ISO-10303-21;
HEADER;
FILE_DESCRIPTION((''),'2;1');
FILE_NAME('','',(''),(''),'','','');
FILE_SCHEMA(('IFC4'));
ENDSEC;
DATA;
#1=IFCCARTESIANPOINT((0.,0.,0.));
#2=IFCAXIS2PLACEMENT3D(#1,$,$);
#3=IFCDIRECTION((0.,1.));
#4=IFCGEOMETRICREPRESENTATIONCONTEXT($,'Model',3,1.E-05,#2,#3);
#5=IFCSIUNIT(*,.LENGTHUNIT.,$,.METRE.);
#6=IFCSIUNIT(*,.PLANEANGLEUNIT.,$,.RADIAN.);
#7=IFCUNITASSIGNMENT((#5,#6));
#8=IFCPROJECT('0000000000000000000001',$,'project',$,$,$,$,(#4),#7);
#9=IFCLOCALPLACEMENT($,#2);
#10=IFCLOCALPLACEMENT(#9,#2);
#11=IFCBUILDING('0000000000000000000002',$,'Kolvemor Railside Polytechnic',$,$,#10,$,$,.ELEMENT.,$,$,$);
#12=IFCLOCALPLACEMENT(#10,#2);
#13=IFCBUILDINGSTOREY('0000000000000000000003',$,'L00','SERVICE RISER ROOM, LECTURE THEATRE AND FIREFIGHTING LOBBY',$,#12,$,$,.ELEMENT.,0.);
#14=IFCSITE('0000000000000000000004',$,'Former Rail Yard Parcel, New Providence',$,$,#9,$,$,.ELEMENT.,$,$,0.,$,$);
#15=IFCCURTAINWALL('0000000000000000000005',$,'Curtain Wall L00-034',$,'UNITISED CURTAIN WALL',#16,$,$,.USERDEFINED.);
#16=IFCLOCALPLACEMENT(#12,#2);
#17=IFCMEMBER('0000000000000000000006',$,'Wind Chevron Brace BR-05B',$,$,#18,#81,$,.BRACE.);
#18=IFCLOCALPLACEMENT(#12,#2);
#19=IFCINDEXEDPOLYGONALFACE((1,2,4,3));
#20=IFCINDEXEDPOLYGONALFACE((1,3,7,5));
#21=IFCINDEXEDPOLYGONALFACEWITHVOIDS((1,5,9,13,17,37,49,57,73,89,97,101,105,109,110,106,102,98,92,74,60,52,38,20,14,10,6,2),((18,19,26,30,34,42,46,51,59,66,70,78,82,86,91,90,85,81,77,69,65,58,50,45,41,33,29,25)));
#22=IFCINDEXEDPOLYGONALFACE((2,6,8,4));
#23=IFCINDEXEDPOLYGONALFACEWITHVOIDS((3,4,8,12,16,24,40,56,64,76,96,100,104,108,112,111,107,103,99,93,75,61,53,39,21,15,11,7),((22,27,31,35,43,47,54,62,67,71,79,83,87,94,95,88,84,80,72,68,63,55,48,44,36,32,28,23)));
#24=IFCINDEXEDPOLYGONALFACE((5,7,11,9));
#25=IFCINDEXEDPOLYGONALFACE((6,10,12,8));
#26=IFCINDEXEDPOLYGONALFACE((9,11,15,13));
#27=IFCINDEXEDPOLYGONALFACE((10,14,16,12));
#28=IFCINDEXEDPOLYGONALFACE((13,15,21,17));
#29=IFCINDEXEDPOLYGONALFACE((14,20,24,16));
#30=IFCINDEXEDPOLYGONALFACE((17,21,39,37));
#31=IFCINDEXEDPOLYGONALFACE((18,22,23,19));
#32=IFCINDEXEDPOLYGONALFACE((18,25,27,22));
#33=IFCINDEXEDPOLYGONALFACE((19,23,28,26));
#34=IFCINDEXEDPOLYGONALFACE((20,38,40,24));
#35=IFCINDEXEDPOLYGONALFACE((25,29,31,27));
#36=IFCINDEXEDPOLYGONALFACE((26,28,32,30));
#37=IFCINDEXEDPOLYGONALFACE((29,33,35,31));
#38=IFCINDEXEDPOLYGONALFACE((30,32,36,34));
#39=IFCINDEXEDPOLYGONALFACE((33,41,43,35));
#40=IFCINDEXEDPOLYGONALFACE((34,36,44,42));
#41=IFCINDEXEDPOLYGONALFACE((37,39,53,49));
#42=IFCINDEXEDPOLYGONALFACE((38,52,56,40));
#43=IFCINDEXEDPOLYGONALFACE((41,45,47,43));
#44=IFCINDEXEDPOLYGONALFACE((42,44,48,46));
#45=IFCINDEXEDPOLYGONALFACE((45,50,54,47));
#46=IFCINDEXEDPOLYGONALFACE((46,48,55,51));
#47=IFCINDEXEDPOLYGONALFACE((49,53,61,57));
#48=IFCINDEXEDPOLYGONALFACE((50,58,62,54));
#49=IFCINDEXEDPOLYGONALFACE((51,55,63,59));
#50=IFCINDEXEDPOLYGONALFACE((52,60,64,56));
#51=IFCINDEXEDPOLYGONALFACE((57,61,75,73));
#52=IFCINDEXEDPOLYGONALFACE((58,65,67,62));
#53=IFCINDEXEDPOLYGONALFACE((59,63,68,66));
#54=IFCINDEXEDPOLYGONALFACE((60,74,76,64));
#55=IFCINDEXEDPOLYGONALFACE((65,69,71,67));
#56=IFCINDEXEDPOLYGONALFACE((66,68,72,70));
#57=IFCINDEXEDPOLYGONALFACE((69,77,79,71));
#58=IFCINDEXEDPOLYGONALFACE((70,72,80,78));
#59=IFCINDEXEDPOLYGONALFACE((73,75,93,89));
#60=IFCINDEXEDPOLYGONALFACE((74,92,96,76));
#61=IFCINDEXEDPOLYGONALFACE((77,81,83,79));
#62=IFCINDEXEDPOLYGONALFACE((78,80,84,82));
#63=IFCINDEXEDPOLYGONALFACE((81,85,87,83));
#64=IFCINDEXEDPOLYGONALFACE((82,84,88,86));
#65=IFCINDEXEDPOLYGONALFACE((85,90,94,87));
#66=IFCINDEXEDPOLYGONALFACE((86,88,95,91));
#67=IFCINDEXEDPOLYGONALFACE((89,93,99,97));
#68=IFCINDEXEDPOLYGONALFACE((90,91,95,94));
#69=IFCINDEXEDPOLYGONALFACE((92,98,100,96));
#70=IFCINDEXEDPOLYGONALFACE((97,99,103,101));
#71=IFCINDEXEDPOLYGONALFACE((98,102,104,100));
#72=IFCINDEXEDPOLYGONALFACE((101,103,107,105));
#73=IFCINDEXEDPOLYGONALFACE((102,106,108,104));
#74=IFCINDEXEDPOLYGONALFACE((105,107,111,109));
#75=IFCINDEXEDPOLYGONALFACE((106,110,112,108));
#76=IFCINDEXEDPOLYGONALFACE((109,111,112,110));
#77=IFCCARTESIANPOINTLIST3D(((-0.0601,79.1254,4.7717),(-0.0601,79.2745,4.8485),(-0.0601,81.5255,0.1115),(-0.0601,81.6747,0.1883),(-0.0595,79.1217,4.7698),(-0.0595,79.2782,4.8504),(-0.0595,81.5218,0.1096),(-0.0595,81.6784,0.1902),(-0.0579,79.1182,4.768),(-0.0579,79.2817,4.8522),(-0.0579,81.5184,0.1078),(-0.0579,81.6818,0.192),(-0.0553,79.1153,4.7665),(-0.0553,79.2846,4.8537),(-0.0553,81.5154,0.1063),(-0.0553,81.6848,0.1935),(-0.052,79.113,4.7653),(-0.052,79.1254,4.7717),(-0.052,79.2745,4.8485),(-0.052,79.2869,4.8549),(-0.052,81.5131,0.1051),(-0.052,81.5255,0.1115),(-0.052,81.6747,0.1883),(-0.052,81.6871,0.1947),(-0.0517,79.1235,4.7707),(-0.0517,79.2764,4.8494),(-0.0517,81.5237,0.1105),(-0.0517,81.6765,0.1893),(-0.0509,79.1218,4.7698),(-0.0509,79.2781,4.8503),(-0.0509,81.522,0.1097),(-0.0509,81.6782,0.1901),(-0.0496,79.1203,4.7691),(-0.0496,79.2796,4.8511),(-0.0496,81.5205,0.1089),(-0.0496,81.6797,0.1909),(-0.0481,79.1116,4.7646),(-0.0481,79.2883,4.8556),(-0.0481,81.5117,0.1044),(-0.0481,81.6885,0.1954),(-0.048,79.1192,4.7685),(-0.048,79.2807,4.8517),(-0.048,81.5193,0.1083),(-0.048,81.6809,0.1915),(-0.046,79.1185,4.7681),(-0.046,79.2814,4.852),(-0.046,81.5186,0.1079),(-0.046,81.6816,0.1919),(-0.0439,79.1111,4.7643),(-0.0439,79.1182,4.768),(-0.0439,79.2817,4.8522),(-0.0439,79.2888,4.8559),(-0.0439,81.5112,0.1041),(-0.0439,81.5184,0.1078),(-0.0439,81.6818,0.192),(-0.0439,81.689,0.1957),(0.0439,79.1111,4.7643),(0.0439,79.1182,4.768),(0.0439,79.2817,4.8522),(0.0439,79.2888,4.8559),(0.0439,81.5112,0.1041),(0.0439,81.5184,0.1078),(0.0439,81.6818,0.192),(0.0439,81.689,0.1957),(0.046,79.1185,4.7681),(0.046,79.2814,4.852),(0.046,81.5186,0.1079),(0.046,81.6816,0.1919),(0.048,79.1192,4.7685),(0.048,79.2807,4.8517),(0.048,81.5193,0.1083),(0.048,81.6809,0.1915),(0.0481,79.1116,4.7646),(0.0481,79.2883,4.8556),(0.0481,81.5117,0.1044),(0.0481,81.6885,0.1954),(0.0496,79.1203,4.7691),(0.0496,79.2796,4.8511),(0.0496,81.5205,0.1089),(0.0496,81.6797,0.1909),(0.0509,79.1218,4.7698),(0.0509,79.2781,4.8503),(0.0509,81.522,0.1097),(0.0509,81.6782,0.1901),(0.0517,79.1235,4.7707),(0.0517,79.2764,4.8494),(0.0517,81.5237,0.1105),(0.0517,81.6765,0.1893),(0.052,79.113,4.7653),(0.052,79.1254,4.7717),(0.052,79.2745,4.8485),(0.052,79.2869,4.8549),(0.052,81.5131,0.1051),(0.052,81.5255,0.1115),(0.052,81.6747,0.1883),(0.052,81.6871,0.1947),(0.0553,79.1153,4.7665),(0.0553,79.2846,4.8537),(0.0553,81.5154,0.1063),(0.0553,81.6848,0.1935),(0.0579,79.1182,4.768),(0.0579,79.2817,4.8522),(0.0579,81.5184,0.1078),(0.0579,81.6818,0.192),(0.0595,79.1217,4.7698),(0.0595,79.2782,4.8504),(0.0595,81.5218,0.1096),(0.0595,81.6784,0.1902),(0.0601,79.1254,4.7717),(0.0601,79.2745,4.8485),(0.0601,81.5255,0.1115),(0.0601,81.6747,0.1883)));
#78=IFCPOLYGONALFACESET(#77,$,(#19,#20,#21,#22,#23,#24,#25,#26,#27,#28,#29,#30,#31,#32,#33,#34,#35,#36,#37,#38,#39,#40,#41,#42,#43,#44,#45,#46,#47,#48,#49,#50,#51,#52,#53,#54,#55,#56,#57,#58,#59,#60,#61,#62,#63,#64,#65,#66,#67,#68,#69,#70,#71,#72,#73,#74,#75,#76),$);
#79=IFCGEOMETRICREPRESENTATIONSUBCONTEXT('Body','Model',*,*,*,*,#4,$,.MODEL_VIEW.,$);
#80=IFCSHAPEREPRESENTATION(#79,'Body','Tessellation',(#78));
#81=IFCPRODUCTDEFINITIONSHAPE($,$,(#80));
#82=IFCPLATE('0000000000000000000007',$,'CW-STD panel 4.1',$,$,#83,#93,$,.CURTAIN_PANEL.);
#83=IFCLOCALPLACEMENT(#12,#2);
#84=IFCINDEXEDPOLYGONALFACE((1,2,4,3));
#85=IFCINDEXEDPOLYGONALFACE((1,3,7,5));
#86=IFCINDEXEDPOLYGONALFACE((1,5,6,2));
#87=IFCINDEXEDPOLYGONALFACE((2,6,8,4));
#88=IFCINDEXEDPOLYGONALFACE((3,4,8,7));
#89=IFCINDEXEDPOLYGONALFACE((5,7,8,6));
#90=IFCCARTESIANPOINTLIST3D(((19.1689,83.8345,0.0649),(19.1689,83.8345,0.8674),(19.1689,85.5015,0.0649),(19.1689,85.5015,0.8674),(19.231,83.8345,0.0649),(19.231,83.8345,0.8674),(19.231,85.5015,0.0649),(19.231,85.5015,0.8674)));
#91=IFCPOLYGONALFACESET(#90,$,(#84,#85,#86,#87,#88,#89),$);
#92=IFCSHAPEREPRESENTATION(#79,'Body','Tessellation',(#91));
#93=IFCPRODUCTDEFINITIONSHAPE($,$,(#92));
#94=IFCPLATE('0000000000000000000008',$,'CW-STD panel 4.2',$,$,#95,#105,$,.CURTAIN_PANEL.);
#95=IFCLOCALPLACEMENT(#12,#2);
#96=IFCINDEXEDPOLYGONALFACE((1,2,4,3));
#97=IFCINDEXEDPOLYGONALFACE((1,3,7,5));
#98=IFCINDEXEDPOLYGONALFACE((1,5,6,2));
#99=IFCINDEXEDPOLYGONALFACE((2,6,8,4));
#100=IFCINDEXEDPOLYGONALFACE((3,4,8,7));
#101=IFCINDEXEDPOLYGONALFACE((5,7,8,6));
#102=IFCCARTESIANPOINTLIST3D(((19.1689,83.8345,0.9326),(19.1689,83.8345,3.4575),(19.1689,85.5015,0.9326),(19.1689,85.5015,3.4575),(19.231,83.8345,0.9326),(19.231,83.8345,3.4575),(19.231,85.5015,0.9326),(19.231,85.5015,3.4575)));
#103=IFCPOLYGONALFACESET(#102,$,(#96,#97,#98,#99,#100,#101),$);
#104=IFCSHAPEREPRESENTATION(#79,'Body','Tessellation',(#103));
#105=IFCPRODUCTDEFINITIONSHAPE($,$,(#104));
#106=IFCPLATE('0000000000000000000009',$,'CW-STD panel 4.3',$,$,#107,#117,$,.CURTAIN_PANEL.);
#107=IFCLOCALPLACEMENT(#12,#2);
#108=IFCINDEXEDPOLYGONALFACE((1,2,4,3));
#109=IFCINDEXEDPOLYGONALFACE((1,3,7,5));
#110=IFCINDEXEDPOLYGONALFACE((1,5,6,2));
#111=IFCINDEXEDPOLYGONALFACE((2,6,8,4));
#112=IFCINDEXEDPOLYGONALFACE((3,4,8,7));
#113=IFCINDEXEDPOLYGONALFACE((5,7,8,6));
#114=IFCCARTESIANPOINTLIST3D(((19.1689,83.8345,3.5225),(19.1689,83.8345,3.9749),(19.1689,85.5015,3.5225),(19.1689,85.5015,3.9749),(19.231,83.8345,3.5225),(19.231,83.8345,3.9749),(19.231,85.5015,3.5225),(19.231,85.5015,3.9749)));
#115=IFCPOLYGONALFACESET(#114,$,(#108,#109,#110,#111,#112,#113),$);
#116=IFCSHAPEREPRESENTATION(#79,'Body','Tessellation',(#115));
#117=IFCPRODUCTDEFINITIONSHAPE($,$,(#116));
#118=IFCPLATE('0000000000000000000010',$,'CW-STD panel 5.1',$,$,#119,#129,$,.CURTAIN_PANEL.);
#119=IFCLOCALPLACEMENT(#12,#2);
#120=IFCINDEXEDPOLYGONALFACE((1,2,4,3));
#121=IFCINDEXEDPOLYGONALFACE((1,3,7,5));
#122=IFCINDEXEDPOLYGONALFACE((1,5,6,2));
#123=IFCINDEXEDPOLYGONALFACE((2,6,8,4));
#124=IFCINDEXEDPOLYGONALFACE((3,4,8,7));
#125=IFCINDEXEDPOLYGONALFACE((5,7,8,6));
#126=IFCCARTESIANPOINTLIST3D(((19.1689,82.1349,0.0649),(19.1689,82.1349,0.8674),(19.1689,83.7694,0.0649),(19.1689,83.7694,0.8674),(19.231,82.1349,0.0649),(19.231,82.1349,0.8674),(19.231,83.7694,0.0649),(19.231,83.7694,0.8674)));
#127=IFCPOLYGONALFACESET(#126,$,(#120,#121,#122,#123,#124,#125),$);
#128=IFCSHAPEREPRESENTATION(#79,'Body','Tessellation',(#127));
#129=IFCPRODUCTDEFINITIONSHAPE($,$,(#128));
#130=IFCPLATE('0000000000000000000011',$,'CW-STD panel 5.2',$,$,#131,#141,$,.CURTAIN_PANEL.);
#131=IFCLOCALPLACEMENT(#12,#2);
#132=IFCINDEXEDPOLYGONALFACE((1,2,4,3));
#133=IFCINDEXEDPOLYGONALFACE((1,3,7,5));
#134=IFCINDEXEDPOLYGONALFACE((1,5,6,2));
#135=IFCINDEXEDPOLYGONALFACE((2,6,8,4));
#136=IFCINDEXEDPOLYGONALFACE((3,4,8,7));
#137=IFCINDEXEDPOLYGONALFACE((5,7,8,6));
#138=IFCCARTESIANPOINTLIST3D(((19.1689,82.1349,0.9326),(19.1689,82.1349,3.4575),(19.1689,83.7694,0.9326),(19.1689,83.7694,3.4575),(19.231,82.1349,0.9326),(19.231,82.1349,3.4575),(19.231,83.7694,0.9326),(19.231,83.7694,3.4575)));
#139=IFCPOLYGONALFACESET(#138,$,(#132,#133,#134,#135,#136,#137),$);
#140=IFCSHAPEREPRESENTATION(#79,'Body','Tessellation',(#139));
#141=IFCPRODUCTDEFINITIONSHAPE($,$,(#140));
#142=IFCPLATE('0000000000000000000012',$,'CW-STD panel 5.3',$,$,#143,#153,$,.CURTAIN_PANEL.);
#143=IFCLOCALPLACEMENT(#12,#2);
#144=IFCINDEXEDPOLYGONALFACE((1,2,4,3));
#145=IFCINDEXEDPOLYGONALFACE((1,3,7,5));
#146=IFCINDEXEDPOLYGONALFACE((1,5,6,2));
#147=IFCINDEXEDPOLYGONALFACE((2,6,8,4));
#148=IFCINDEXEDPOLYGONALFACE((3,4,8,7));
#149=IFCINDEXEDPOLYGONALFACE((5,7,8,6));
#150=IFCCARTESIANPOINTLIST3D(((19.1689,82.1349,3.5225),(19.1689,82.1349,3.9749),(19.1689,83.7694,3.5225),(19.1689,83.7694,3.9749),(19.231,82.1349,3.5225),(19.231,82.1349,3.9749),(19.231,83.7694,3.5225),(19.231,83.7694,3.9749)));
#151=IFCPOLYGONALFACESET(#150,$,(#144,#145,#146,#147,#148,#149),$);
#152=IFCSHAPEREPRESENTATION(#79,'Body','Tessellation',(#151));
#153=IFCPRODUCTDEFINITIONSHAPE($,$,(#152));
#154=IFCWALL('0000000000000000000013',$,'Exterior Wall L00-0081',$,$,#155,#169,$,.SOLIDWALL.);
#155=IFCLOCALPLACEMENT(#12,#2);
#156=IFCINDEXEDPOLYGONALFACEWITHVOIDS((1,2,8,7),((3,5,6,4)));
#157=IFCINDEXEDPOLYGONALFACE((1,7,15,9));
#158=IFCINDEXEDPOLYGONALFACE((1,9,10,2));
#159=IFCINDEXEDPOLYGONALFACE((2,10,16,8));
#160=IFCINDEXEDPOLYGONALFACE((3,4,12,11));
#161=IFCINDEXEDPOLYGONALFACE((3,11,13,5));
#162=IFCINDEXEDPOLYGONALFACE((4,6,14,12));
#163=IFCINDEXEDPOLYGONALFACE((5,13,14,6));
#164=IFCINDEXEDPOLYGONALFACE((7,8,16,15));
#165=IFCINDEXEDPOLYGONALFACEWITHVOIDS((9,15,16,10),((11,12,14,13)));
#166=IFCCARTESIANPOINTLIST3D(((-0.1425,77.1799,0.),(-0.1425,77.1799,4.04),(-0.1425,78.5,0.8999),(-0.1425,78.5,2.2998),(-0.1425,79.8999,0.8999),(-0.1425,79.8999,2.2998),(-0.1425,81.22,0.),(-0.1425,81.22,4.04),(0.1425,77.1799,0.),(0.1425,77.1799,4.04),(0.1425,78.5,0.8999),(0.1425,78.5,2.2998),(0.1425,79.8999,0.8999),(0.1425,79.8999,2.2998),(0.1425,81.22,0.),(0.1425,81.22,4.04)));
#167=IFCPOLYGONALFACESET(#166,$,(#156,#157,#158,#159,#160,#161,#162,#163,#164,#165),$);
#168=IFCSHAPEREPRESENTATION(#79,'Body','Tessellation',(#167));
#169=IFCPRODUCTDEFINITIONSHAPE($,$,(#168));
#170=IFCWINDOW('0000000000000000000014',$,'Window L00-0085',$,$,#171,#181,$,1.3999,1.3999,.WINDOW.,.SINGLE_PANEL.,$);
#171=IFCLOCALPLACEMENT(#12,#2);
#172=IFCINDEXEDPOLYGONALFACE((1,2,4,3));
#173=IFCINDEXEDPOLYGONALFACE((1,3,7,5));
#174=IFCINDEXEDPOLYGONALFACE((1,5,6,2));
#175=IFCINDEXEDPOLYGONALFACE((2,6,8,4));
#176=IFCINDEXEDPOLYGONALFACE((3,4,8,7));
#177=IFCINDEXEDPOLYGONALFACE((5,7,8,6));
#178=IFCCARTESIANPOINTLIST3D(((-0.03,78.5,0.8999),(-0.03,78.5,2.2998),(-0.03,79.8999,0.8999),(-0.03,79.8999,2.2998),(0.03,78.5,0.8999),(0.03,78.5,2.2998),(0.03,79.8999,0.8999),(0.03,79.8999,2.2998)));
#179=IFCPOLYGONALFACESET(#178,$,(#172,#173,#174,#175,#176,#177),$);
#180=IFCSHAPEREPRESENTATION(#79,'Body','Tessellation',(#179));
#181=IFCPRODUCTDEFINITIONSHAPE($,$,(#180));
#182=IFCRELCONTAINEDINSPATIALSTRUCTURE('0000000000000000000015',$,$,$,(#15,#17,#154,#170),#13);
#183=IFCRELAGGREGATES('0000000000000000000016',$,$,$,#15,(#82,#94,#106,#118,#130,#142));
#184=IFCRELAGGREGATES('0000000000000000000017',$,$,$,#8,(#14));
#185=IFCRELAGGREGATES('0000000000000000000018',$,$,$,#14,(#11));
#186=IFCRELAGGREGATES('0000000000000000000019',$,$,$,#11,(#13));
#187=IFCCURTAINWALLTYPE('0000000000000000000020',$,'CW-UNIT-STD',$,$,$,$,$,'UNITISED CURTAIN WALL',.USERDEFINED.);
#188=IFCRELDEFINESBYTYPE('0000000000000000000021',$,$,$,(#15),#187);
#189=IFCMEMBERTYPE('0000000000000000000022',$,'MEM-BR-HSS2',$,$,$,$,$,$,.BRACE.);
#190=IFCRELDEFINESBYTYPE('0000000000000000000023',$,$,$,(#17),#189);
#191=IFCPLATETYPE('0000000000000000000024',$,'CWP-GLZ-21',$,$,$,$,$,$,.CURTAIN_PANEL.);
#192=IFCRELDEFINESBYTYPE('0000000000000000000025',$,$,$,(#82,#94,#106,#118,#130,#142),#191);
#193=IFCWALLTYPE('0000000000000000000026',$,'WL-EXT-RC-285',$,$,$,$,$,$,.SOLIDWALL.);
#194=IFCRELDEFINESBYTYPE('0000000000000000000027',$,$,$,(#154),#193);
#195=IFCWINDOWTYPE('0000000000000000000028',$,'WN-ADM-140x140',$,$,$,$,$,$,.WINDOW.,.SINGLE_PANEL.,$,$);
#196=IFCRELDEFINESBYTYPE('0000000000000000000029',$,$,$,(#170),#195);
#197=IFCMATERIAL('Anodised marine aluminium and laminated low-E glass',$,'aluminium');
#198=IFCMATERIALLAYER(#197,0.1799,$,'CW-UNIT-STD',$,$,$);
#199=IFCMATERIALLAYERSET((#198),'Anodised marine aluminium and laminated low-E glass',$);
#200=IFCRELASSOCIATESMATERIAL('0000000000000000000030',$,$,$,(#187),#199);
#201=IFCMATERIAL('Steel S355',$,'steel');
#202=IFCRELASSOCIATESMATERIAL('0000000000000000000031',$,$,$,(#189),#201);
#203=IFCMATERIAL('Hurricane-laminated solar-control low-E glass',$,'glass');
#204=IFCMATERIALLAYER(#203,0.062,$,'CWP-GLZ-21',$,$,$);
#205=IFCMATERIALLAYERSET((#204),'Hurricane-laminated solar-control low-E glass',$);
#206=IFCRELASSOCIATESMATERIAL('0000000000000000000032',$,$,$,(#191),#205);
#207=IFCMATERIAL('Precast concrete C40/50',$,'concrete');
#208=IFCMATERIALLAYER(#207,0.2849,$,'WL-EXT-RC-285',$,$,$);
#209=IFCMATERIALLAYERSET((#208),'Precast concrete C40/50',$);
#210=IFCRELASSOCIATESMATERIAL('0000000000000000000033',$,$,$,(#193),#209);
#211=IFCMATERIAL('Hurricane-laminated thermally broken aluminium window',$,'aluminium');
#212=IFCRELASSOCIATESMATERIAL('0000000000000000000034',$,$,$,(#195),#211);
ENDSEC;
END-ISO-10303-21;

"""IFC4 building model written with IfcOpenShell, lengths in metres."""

from ifc_helpers import new_model, si_unit, direction, frame, frame_2d, origin, origin_2d, place, context, subcontext, project, spatial, rectangle, hollow_rectangle, extrude, material, layer, layer_set, material_profile, profile_set, type_object, element, fill, aggregate, save


model = new_model("IFC4")

# Units and contexts
model_context = context("Model", 3, precision=1e-05, world=origin(), true_north=direction((0.0, 1.0)))
body_context = subcontext(model_context, "Body", "Model", "MODEL_VIEW")
ifc_project = project(units=[si_unit("LENGTHUNIT", "METRE"), si_unit("PLANEANGLEUNIT", "RADIAN")], contexts=[model_context])

# Site, building, storey
site_placement = place(None, origin())
site = spatial("IfcSite", under=ifc_project, at=site_placement, Name="Former Rail Yard Parcel, New Providence", CompositionType="ELEMENT", RefElevation=0.0)
building_placement = place(site_placement, origin())
building = spatial("IfcBuilding", under=site, at=building_placement, Name="Kolvemor Railside Polytechnic", CompositionType="ELEMENT")
storey_placement = place(building_placement, origin())
storey = spatial("IfcBuildingStorey", under=building, at=storey_placement, Name="L00", Description="SERVICE RISER ROOM, LECTURE THEATRE AND FIREFIGHTING LOBBY", CompositionType="ELEMENT", Elevation=0.0)

# Curtain wall
ifc_material_1 = material(Name="Anodised marine aluminium and laminated low-E glass", Category="aluminium")
ifc_layer_1 = layer(ifc_material_1, 0.1799, Name="CW-UNIT-STD")
ifc_layer_set_1 = layer_set([ifc_layer_1], Name="Anodised marine aluminium and laminated low-E glass")
curtain_wall_type = type_object("IfcCurtainWallType", Name="CW-UNIT-STD", ElementType="UNITISED CURTAIN WALL", PredefinedType="USERDEFINED", material=ifc_layer_set_1)
curtain_wall_placement = place(storey_placement, origin())
curtain_wall = element("IfcCurtainWall", 1, at=curtain_wall_placement, inside=storey, type_object=curtain_wall_type, Name="Curtain Wall L00-034", ObjectType="UNITISED CURTAIN WALL", PredefinedType="USERDEFINED")

# Member
ifc_material_2 = material(Name="Steel S355", Category="steel")
ifc_material_profile_1 = material_profile(ifc_material_2, hollow_rectangle(XDim=0.1201, YDim=0.2, WallThickness=0.0081, InnerFilletRadius=0.0081, OuterFilletRadius=0.0161, at=origin_2d()), Name="HSS200x120x8")
ifc_profile_set_1 = profile_set([ifc_material_profile_1], Name="Steel S355")
member_type_1 = type_object("IfcMemberType", Name="MEM-BR-HSS2", PredefinedType="BRACE", material=ifc_profile_set_1)
member_1_placement = place(storey_placement, frame((0.0, 81.6001, 0.1499), z_axis=(0.0, -0.457875, 0.889016), x_axis=(1.0, 0.0, 0.0)))
element("IfcMember", 2, at=member_1_placement, inside=storey, type_object=member_type_1, Name="Wind Chevron Brace BR-05B", PredefinedType="BRACE", context=body_context, shape_type="SweptSolid", body=[
    extrude(hollow_rectangle(XDim=0.1201, YDim=0.2, WallThickness=0.0081, InnerFilletRadius=0.0081, OuterFilletRadius=0.0161, at=origin_2d()), origin(), (0.0, 0.0, 1.0), 5.2419),
])

# Plates
ifc_material_3 = material(Name="Hurricane-laminated solar-control low-E glass", Category="glass")
ifc_layer_2 = layer(ifc_material_3, 0.062, Name="CWP-GLZ-21")
ifc_layer_set_2 = layer_set([ifc_layer_2], Name="Hurricane-laminated solar-control low-E glass")
plate_type = type_object("IfcPlateType", Name="CWP-GLZ-21", PredefinedType="CURTAIN_PANEL", material=ifc_layer_set_2)
plate_1_placement = place(storey_placement, frame((19.2, 84.668, 0.0649), z_axis=(0.0, 0.0, 1.0), x_axis=(0.0, -1.0, 0.0)))
plate_1 = element("IfcPlate", 3, at=plate_1_placement, type_object=plate_type, Name="CW-STD panel 4.1", PredefinedType="CURTAIN_PANEL", context=body_context, shape_type="SweptSolid", body=[
    extrude(rectangle(XDim=1.667, YDim=0.062, at=origin_2d()), origin(), (0.0, 0.0, 1.0), 0.8025),
])
plate_2_placement = place(storey_placement, frame((19.2, 84.668, 0.9326), z_axis=(0.0, 0.0, 1.0), x_axis=(0.0, -1.0, 0.0)))
plate_2 = element("IfcPlate", 4, at=plate_2_placement, type_object=plate_type, Name="CW-STD panel 4.2", PredefinedType="CURTAIN_PANEL", context=body_context, shape_type="SweptSolid", body=[
    extrude(rectangle(XDim=1.667, YDim=0.062, at=origin_2d()), origin(), (0.0, 0.0, 1.0), 2.5249),
])
plate_3_placement = place(storey_placement, frame((19.2, 84.668, 3.5225), z_axis=(0.0, 0.0, 1.0), x_axis=(0.0, -1.0, 0.0)))
plate_3 = element("IfcPlate", 5, at=plate_3_placement, type_object=plate_type, Name="CW-STD panel 4.3", PredefinedType="CURTAIN_PANEL", context=body_context, shape_type="SweptSolid", body=[
    extrude(rectangle(XDim=1.667, YDim=0.062, at=origin_2d()), origin(), (0.0, 0.0, 1.0), 0.4524),
])
plate_4_placement = place(storey_placement, frame((19.2, 82.9521, 0.0649), z_axis=(0.0, 0.0, 1.0), x_axis=(0.0, -1.0, 0.0)))
plate_4 = element("IfcPlate", 6, at=plate_4_placement, type_object=plate_type, Name="CW-STD panel 5.1", PredefinedType="CURTAIN_PANEL", context=body_context, shape_type="SweptSolid", body=[
    extrude(rectangle(XDim=1.6345, YDim=0.062, at=origin_2d()), origin(), (0.0, 0.0, 1.0), 0.8025),
])
plate_5_placement = place(storey_placement, frame((19.2, 82.9521, 0.9326), z_axis=(0.0, 0.0, 1.0), x_axis=(0.0, -1.0, 0.0)))
plate_5 = element("IfcPlate", 7, at=plate_5_placement, type_object=plate_type, Name="CW-STD panel 5.2", PredefinedType="CURTAIN_PANEL", context=body_context, shape_type="SweptSolid", body=[
    extrude(rectangle(XDim=1.6345, YDim=0.062, at=origin_2d()), origin(), (0.0, 0.0, 1.0), 2.5249),
])
plate_6_placement = place(storey_placement, frame((19.2, 82.9521, 3.5225), z_axis=(0.0, 0.0, 1.0), x_axis=(0.0, -1.0, 0.0)))
plate_6 = element("IfcPlate", 8, at=plate_6_placement, type_object=plate_type, Name="CW-STD panel 5.3", PredefinedType="CURTAIN_PANEL", context=body_context, shape_type="SweptSolid", body=[
    extrude(rectangle(XDim=1.6345, YDim=0.062, at=origin_2d()), origin(), (0.0, 0.0, 1.0), 0.4524),
])
aggregate(curtain_wall, [plate_1, plate_2, plate_3, plate_4, plate_5, plate_6])

# Wall, opening, window
ifc_material_4 = material(Name="Precast concrete C40/50", Category="concrete")
ifc_layer_3 = layer(ifc_material_4, 0.2849, Name="WL-EXT-RC-285")
ifc_layer_set_3 = layer_set([ifc_layer_3], Name="Precast concrete C40/50")
wall_type_1 = type_object("IfcWallType", Name="WL-EXT-RC-285", PredefinedType="SOLIDWALL", material=ifc_layer_set_3)
wall_1_placement = place(storey_placement, frame((0.0, 81.22, 0.0), z_axis=(0.0, 0.0, 1.0), x_axis=(0.0, -1.0, 0.0)))
wall_1 = element("IfcWall", 9, at=wall_1_placement, inside=storey, type_object=wall_type_1, Name="Exterior Wall L00-0081", PredefinedType="SOLIDWALL", context=body_context, shape_type="SweptSolid", body=[
    extrude(rectangle(XDim=4.04, YDim=0.2849, at=frame_2d((2.02, 0.0))), origin(), (0.0, 0.0, 1.0), 4.04),
])
opening_placement = place(wall_1_placement, frame((1.3201, 0.0, 0.8999)))
opening = element("IfcOpeningElement", 10, at=opening_placement, cuts=wall_1, PredefinedType="OPENING", context=body_context, shape_type="SweptSolid", body=[
    extrude(rectangle(XDim=1.3999, YDim=1.3999, at=frame_2d((0.7, 0.7))), frame((0.0, 0.1523, 0.0), z_axis=(0.0, -1.0, 0.0), x_axis=(1.0, 0.0, 0.0)), (0.0, 0.0, 1.0), 0.3049),
])
ifc_material_5 = material(Name="Hurricane-laminated thermally broken aluminium window", Category="aluminium")
window_type = type_object("IfcWindowType", Name="WN-ADM-140x140", PartitioningType="SINGLE_PANEL", PredefinedType="WINDOW", material=ifc_material_5)
window_placement = place(opening_placement, origin())
window = element("IfcWindow", 11, at=window_placement, inside=storey, type_object=window_type, Name="Window L00-0085", OverallHeight=1.3999, OverallWidth=1.3999, PartitioningType="SINGLE_PANEL", PredefinedType="WINDOW", context=body_context, shape_type="SweptSolid", body=[
    extrude(rectangle(XDim=1.3999, YDim=1.3999, at=frame_2d((0.7, 0.7))), frame((0.0, 0.03, 0.0), z_axis=(0.0, -1.0, 0.0), x_axis=(1.0, 0.0, 0.0)), (0.0, 0.0, 1.0), 0.0601),
])
fill(opening, window)

save(model, "model.ifc")
